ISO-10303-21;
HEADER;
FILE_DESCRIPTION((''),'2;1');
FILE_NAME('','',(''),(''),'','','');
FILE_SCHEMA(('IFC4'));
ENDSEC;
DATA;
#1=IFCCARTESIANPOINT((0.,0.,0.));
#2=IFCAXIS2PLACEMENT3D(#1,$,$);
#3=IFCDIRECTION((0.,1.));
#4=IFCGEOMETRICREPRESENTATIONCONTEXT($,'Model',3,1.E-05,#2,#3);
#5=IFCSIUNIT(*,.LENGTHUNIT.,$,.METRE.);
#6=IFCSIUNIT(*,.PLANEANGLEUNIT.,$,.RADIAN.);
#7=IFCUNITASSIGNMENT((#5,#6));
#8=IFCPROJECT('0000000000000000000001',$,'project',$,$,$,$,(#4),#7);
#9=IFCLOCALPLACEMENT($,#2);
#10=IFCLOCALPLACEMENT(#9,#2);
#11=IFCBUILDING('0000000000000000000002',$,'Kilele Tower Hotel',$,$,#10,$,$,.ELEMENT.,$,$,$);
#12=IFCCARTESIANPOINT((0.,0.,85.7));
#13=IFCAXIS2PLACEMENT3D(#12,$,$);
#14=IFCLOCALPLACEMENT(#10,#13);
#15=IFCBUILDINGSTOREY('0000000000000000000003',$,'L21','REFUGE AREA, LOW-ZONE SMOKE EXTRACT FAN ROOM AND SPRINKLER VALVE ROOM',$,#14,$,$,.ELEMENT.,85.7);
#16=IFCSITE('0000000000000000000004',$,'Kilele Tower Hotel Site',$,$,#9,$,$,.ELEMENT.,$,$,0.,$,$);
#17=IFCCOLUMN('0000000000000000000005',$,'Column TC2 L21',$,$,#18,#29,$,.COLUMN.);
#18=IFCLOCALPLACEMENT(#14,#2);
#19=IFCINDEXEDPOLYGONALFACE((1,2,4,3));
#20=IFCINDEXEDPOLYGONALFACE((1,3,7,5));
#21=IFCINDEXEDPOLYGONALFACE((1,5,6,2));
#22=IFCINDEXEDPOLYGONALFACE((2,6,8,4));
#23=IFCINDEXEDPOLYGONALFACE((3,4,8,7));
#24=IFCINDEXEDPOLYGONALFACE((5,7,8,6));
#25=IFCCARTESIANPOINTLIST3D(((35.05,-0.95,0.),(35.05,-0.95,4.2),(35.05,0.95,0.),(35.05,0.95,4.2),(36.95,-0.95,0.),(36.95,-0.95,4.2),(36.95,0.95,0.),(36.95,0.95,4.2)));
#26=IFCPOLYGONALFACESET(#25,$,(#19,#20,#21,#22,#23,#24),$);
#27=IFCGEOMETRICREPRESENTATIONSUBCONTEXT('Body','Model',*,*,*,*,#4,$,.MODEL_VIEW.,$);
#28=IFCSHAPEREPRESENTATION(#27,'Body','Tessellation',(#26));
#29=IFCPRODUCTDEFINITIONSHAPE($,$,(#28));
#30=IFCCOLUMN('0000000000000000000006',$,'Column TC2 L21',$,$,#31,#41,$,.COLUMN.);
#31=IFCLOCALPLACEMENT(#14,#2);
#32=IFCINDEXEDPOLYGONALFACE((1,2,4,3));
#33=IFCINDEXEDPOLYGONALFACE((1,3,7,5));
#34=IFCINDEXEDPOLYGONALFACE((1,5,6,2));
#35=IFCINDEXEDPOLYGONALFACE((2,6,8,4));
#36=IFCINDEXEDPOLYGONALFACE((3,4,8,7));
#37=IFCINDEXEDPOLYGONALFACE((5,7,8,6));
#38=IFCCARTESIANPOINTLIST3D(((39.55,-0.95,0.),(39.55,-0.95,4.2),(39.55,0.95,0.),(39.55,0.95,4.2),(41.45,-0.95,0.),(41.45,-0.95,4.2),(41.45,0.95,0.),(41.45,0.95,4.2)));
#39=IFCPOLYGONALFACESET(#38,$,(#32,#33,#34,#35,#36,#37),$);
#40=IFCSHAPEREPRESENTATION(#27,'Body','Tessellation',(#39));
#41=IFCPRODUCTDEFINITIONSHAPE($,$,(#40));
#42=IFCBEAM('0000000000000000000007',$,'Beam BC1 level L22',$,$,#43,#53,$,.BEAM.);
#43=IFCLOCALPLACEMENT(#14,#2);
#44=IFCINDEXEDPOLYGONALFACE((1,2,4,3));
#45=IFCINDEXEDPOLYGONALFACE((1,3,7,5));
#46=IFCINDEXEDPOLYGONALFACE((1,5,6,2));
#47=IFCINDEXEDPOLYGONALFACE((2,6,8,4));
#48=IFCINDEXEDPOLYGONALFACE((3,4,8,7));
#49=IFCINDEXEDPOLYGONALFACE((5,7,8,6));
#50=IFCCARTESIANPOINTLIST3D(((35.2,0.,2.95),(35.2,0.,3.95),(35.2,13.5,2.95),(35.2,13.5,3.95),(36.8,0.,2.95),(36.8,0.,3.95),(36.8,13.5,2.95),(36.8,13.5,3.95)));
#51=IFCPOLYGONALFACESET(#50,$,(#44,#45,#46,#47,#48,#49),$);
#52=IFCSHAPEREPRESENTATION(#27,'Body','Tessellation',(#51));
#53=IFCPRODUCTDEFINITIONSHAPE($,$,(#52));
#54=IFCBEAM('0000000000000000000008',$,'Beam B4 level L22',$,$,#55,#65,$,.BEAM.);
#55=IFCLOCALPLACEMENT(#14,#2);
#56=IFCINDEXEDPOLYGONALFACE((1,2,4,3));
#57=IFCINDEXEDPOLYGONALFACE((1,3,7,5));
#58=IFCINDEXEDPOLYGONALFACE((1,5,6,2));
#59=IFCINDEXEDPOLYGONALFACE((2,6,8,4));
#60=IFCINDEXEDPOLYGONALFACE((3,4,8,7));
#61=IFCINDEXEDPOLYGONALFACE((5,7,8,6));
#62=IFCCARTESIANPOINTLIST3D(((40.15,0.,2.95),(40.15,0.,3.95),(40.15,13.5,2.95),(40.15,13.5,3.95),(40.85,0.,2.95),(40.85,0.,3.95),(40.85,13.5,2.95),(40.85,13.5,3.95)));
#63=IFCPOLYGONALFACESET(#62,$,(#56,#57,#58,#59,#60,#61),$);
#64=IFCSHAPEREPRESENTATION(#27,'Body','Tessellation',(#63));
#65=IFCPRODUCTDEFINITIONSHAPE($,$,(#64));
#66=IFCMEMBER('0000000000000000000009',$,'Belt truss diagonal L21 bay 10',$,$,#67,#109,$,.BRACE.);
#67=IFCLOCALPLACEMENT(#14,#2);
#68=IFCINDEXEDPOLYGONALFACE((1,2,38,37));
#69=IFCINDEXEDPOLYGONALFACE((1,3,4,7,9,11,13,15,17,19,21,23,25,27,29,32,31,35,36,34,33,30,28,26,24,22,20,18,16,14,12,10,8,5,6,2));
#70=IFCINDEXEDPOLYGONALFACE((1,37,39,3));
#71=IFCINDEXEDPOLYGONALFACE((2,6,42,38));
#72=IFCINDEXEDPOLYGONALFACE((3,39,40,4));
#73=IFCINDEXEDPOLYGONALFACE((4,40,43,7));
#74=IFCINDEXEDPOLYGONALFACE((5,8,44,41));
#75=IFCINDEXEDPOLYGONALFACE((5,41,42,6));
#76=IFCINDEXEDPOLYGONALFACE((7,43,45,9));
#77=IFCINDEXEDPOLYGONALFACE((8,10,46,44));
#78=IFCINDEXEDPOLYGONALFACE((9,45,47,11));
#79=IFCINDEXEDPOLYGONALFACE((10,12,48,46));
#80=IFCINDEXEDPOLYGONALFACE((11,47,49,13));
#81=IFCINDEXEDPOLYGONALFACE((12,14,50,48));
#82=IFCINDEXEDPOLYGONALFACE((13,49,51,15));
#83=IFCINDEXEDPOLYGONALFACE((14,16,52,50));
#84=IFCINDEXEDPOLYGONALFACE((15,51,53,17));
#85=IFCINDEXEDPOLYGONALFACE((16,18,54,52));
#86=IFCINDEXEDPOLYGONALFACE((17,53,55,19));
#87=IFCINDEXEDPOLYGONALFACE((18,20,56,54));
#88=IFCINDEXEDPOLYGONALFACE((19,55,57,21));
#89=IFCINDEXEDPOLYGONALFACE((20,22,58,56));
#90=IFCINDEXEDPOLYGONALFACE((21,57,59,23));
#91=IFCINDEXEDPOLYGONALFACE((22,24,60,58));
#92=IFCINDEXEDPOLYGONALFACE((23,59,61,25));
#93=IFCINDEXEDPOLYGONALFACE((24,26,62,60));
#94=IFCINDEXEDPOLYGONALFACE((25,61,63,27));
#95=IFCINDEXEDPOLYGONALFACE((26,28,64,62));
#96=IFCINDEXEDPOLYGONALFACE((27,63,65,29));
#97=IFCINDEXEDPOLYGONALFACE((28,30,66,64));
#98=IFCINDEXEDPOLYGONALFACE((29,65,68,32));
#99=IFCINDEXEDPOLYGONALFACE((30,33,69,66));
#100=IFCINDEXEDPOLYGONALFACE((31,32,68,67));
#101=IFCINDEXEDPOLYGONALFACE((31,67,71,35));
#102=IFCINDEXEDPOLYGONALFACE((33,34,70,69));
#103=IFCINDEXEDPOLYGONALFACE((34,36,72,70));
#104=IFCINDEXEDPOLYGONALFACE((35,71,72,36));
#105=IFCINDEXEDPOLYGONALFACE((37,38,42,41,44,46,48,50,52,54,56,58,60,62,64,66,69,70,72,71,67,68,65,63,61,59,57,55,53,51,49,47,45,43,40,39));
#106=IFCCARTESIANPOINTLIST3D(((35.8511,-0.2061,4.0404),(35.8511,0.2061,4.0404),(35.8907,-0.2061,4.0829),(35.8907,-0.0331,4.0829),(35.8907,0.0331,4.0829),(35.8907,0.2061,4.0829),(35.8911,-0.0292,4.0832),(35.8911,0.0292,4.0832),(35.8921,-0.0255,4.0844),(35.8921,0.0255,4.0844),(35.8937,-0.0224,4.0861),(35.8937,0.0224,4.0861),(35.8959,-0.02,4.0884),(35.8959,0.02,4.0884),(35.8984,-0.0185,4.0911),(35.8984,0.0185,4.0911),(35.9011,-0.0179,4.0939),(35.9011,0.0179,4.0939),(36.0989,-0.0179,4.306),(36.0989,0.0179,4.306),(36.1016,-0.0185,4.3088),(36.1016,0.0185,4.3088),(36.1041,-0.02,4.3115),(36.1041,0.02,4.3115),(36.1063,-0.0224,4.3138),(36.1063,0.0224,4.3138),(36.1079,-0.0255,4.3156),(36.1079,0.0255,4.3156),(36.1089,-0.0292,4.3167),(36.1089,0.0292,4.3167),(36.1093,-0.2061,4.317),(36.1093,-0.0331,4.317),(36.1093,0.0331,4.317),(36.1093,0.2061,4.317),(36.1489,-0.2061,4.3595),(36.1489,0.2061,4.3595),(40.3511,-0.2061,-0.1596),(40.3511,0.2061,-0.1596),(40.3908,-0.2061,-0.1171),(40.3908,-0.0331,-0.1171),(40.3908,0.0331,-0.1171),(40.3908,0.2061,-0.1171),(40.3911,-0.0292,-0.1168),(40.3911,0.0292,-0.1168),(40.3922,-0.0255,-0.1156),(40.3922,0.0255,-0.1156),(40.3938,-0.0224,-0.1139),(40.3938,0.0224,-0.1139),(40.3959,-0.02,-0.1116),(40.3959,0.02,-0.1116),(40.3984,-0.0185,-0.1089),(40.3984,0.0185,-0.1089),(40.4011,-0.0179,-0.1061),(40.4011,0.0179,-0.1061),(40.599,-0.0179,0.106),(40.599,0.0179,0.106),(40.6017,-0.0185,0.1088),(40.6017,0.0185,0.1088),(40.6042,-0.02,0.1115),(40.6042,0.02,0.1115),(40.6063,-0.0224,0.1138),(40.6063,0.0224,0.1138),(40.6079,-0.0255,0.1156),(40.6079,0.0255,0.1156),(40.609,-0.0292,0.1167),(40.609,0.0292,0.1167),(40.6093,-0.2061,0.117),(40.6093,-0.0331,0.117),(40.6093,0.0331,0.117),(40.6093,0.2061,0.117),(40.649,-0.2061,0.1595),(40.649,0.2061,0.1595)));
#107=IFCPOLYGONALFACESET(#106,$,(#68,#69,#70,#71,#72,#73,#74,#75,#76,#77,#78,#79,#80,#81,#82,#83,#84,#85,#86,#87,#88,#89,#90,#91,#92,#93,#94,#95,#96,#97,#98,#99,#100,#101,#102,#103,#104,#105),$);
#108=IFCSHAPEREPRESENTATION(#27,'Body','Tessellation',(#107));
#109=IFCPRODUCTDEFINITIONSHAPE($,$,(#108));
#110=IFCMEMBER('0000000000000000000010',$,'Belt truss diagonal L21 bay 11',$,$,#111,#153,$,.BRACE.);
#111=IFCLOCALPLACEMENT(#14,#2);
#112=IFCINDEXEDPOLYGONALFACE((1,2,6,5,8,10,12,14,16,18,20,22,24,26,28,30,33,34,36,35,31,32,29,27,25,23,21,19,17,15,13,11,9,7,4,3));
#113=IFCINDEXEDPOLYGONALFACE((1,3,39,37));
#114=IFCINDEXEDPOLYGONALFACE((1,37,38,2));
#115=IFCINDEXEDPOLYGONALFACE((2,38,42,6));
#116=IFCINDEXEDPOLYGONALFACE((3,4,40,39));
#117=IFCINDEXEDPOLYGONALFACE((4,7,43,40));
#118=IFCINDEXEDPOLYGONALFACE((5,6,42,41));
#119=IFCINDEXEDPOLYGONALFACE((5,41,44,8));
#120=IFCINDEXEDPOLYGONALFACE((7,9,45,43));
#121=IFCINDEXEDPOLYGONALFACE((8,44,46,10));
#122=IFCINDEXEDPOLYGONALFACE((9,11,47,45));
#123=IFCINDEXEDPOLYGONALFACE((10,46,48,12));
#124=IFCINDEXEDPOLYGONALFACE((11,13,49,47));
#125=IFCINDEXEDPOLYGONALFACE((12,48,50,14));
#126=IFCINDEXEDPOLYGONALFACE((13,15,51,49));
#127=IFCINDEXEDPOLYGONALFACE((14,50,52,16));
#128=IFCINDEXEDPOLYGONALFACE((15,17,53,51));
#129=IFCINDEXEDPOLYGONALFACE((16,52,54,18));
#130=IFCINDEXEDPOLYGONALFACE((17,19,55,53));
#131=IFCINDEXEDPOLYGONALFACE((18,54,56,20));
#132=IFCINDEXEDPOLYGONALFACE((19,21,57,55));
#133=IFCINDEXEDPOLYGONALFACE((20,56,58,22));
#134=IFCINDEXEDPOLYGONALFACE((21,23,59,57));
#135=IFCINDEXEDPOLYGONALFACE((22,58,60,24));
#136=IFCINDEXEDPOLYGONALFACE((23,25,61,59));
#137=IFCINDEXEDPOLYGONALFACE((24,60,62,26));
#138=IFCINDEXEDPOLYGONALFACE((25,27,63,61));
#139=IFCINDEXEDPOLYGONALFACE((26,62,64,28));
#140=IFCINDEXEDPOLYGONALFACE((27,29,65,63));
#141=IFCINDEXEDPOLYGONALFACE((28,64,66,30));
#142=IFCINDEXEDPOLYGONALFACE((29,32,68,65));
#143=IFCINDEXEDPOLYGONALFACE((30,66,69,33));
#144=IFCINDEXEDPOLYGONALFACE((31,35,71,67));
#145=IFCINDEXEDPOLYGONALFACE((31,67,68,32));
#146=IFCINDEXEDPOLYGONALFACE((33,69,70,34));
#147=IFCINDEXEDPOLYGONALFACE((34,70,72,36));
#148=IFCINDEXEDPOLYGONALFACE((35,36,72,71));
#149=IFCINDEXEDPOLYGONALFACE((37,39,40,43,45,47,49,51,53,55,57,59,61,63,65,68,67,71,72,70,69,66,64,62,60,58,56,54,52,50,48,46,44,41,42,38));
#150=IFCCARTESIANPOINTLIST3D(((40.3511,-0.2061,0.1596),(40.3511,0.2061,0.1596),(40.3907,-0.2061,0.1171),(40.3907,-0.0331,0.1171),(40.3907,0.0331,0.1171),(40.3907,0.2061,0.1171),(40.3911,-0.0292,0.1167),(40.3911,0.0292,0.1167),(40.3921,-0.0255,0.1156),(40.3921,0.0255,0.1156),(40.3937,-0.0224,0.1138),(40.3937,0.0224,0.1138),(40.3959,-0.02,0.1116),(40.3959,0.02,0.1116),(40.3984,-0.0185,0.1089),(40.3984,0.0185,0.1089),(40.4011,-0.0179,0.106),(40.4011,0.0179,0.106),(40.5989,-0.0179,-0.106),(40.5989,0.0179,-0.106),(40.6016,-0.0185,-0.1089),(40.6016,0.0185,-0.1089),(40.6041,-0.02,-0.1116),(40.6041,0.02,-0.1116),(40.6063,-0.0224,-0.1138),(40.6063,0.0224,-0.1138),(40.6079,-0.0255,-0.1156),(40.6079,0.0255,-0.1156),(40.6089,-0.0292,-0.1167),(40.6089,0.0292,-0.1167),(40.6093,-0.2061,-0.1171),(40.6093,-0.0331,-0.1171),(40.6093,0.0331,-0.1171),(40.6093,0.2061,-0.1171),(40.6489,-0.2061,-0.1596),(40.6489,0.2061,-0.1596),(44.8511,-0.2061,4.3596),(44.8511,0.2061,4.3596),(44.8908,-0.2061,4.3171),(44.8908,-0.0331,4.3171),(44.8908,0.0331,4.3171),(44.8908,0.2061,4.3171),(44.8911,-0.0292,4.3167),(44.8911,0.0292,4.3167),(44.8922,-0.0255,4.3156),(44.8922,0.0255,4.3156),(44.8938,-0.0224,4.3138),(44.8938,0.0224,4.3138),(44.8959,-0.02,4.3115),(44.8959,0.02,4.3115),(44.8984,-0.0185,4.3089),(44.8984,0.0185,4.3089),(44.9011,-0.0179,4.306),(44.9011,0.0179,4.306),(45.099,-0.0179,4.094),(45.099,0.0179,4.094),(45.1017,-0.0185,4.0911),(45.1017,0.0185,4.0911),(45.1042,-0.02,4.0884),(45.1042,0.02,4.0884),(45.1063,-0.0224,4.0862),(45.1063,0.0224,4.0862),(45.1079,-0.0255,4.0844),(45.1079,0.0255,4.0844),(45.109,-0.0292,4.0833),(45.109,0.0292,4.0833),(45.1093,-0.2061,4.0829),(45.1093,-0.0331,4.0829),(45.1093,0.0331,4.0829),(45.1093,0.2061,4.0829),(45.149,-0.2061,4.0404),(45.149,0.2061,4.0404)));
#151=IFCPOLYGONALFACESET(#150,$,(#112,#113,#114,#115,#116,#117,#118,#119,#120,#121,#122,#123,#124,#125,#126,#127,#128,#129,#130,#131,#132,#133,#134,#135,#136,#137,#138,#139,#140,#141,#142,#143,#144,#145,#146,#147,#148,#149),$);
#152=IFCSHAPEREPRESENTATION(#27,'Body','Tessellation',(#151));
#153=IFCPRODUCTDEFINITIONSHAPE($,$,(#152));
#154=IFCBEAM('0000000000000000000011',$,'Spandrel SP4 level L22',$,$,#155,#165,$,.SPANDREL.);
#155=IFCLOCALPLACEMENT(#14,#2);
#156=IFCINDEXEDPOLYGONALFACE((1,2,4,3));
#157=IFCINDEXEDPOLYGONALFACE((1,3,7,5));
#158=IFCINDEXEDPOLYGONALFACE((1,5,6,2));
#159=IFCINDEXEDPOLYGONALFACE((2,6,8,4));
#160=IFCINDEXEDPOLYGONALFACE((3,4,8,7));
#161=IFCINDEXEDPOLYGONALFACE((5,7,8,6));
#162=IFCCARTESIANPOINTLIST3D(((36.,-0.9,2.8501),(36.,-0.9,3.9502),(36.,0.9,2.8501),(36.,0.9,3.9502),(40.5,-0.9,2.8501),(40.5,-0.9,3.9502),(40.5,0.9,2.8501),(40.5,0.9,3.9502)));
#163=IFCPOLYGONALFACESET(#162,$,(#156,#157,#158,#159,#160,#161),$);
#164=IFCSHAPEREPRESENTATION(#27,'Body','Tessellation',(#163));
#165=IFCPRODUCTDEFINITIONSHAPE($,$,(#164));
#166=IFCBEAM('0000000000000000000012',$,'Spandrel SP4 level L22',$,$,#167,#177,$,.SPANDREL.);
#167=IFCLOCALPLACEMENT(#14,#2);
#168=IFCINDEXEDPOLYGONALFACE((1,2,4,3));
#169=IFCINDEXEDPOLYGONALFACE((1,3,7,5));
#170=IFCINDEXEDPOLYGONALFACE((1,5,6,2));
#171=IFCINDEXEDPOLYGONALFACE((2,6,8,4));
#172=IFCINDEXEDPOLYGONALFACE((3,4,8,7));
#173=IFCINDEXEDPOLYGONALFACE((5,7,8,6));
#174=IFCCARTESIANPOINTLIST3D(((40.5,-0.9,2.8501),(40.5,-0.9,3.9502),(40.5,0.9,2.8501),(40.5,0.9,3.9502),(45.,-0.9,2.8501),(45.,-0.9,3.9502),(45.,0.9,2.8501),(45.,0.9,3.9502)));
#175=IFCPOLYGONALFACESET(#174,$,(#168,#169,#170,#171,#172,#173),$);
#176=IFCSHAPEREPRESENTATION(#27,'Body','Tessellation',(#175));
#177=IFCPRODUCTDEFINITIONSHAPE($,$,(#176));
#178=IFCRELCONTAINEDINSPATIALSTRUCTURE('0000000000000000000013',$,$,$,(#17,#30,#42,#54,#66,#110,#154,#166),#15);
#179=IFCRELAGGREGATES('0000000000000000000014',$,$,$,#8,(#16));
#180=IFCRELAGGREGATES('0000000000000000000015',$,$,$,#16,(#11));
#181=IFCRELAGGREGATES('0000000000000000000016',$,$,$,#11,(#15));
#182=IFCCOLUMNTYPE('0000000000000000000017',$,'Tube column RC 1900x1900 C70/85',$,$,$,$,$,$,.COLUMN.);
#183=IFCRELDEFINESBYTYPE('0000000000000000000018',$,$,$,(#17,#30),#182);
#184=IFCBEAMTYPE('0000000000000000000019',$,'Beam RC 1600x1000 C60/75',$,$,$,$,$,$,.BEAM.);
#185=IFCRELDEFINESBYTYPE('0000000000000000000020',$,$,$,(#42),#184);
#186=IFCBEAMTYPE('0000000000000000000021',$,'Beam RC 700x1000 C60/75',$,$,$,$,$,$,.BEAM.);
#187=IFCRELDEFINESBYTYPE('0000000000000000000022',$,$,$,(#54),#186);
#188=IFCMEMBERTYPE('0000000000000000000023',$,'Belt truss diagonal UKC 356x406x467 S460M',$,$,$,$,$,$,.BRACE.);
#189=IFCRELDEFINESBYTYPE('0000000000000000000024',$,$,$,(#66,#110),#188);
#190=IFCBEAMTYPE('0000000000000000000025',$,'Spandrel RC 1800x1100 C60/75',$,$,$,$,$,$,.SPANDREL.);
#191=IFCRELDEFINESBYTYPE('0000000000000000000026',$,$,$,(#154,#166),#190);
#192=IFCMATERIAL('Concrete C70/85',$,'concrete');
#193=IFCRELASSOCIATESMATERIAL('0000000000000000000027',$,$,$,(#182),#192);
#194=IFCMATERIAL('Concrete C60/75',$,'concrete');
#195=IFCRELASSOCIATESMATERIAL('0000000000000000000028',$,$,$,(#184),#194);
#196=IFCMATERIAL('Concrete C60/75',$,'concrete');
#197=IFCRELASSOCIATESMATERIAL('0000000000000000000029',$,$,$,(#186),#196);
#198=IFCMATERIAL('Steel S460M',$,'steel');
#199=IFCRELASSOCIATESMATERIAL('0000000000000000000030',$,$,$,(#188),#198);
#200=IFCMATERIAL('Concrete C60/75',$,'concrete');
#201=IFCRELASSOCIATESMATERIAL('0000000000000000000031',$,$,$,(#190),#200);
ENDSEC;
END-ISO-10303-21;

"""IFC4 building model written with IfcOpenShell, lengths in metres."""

from ifc_helpers import new_model, si_unit, direction, frame, origin, origin_2d, place, context, subcontext, project, spatial, rectangle, i_section, extrude, material, material_profile, profile_set, type_object, element, save


model = new_model("IFC4")

# Units and contexts
model_context = context("Model", 3, precision=1e-05, world=origin(), true_north=direction((0.0, 1.0)))
body_context = subcontext(model_context, "Body", "Model", "MODEL_VIEW")
ifc_project = project(units=[si_unit("LENGTHUNIT", "METRE"), si_unit("PLANEANGLEUNIT", "RADIAN")], contexts=[model_context])

# Site, building, storey
site_placement = place(None, origin())
site = spatial("IfcSite", under=ifc_project, at=site_placement, Name="Kilele Tower Hotel Site", CompositionType="ELEMENT", RefElevation=0.0)
building_placement = place(site_placement, origin())
building = spatial("IfcBuilding", under=site, at=building_placement, Name="Kilele Tower Hotel", CompositionType="ELEMENT")
storey_placement = place(building_placement, frame((0.0, 0.0, 85.7)))
storey = spatial("IfcBuildingStorey", under=building, at=storey_placement, Name="L21", Description="REFUGE AREA, LOW-ZONE SMOKE EXTRACT FAN ROOM AND SPRINKLER VALVE ROOM", CompositionType="ELEMENT", Elevation=85.7)

# Columns
ifc_material_1 = material(Name="Concrete C70/85", Category="concrete")
ifc_material_profile_1 = material_profile(ifc_material_1, rectangle(XDim=1.8999, YDim=1.8999, at=origin_2d()))
ifc_profile_set_1 = profile_set([ifc_material_profile_1], Name="Concrete C70/85")
column_type = type_object("IfcColumnType", Name="Tube column RC 1900x1900 C70/85", PredefinedType="COLUMN", material=ifc_profile_set_1)
for number, where, z_axis, x_axis, name in (
    (1, (36.0, 0.0, 0.0), (0.0, 0.0, 1.0), (1.0, 0.0, 0.0), "Column TC2 L21"),
    (2, (40.5, 0.0, 0.0), (0.0, 0.0, 1.0), (1.0, 0.0, 0.0), "Column TC2 L21"),
):
    element("IfcColumn", number, at=place(storey_placement, frame(where, z_axis=z_axis, x_axis=x_axis)), inside=storey, type_object=column_type, Name=name, PredefinedType="COLUMN", context=body_context, shape_type="SweptSolid", body=[
        extrude(rectangle(XDim=1.8999, YDim=1.8999, at=origin_2d()), origin(), (0.0, 0.0, 1.0), 4.2),
    ])

# Beams
ifc_material_2 = material(Name="Concrete C60/75", Category="concrete")
ifc_material_profile_2 = material_profile(ifc_material_2, rectangle(XDim=1.6001, YDim=1.0, at=origin_2d()))
ifc_profile_set_2 = profile_set([ifc_material_profile_2], Name="Concrete C60/75")
beam_type_1 = type_object("IfcBeamType", Name="Beam RC 1600x1000 C60/75", PredefinedType="BEAM", material=ifc_profile_set_2)
beam_1_placement = place(storey_placement, frame((36.0, 0.0, 3.45), z_axis=(0.0, 1.0, 0.0), x_axis=(-1.0, 0.0, 0.0)))
element("IfcBeam", 3, at=beam_1_placement, inside=storey, type_object=beam_type_1, Name="Beam BC1 level L22", PredefinedType="BEAM", context=body_context, shape_type="SweptSolid", body=[
    extrude(rectangle(XDim=1.6001, YDim=1.0, at=origin_2d()), origin(), (0.0, 0.0, 1.0), 13.5),
])
ifc_material_3 = material(Name="Concrete C60/75", Category="concrete")
ifc_material_profile_3 = material_profile(ifc_material_3, rectangle(XDim=0.7, YDim=1.0, at=origin_2d()))
ifc_profile_set_3 = profile_set([ifc_material_profile_3], Name="Concrete C60/75")
beam_type_2 = type_object("IfcBeamType", Name="Beam RC 700x1000 C60/75", PredefinedType="BEAM", material=ifc_profile_set_3)
beam_2_placement = place(storey_placement, frame((40.5, 0.0, 3.45), z_axis=(0.0, 1.0, 0.0), x_axis=(-1.0, 0.0, 0.0)))
element("IfcBeam", 4, at=beam_2_placement, inside=storey, type_object=beam_type_2, Name="Beam B4 level L22", PredefinedType="BEAM", context=body_context, shape_type="SweptSolid", body=[
    extrude(rectangle(XDim=0.7, YDim=1.0, at=origin_2d()), origin(), (0.0, 0.0, 1.0), 13.5),
])

# Members
ifc_material_4 = material(Name="Steel S460M", Category="steel")
ifc_material_profile_4 = material_profile(ifc_material_4, i_section(OverallWidth=0.4121, OverallDepth=0.4365, WebThickness=0.0359, FlangeThickness=0.0581, FilletRadius=0.0151, at=origin_2d()))
ifc_profile_set_4 = profile_set([ifc_material_profile_4], Name="Steel S460M")
member_type = type_object("IfcMemberType", Name="Belt truss diagonal UKC 356x406x467 S460M", PredefinedType="BRACE", material=ifc_profile_set_4)
for number, where, z_axis, x_axis, name in (
    (5, (36.0, 0.0, 4.2), (0.731059, 0.0, -0.682314), (0.0, 1.0, 0.0), "Belt truss diagonal L21 bay 10"),
    (6, (40.5, 0.0, 0.0), (0.731059, 0.0, 0.682314), (0.0, 1.0, 0.0), "Belt truss diagonal L21 bay 11"),
):
    element("IfcMember", number, at=place(storey_placement, frame(where, z_axis=z_axis, x_axis=x_axis)), inside=storey, type_object=member_type, Name=name, PredefinedType="BRACE", context=body_context, shape_type="SweptSolid", body=[
        extrude(i_section(OverallWidth=0.4121, OverallDepth=0.4365, WebThickness=0.0359, FlangeThickness=0.0581, FilletRadius=0.0151, at=origin_2d()), origin(), (0.0, 0.0, 1.0), 6.1555),
    ])

# Beams
ifc_material_5 = material(Name="Concrete C60/75", Category="concrete")
ifc_material_profile_5 = material_profile(ifc_material_5, rectangle(XDim=1.8, YDim=1.1001, at=origin_2d()))
ifc_profile_set_5 = profile_set([ifc_material_profile_5], Name="Concrete C60/75")
beam_type_3 = type_object("IfcBeamType", Name="Spandrel RC 1800x1100 C60/75", PredefinedType="SPANDREL", material=ifc_profile_set_5)
for number, where, z_axis, x_axis, name in (
    (7, (36.0, 0.0, 3.4001), (1.0, 0.0, 0.0), (0.0, 1.0, 0.0), "Spandrel SP4 level L22"),
    (8, (40.5, 0.0, 3.4001), (1.0, 0.0, 0.0), (0.0, 1.0, 0.0), "Spandrel SP4 level L22"),
):
    element("IfcBeam", number, at=place(storey_placement, frame(where, z_axis=z_axis, x_axis=x_axis)), inside=storey, type_object=beam_type_3, Name=name, PredefinedType="SPANDREL", context=body_context, shape_type="SweptSolid", body=[
        extrude(rectangle(XDim=1.8, YDim=1.1001, at=origin_2d()), origin(), (0.0, 0.0, 1.0), 4.5),
    ])

save(model, "model.ifc")
